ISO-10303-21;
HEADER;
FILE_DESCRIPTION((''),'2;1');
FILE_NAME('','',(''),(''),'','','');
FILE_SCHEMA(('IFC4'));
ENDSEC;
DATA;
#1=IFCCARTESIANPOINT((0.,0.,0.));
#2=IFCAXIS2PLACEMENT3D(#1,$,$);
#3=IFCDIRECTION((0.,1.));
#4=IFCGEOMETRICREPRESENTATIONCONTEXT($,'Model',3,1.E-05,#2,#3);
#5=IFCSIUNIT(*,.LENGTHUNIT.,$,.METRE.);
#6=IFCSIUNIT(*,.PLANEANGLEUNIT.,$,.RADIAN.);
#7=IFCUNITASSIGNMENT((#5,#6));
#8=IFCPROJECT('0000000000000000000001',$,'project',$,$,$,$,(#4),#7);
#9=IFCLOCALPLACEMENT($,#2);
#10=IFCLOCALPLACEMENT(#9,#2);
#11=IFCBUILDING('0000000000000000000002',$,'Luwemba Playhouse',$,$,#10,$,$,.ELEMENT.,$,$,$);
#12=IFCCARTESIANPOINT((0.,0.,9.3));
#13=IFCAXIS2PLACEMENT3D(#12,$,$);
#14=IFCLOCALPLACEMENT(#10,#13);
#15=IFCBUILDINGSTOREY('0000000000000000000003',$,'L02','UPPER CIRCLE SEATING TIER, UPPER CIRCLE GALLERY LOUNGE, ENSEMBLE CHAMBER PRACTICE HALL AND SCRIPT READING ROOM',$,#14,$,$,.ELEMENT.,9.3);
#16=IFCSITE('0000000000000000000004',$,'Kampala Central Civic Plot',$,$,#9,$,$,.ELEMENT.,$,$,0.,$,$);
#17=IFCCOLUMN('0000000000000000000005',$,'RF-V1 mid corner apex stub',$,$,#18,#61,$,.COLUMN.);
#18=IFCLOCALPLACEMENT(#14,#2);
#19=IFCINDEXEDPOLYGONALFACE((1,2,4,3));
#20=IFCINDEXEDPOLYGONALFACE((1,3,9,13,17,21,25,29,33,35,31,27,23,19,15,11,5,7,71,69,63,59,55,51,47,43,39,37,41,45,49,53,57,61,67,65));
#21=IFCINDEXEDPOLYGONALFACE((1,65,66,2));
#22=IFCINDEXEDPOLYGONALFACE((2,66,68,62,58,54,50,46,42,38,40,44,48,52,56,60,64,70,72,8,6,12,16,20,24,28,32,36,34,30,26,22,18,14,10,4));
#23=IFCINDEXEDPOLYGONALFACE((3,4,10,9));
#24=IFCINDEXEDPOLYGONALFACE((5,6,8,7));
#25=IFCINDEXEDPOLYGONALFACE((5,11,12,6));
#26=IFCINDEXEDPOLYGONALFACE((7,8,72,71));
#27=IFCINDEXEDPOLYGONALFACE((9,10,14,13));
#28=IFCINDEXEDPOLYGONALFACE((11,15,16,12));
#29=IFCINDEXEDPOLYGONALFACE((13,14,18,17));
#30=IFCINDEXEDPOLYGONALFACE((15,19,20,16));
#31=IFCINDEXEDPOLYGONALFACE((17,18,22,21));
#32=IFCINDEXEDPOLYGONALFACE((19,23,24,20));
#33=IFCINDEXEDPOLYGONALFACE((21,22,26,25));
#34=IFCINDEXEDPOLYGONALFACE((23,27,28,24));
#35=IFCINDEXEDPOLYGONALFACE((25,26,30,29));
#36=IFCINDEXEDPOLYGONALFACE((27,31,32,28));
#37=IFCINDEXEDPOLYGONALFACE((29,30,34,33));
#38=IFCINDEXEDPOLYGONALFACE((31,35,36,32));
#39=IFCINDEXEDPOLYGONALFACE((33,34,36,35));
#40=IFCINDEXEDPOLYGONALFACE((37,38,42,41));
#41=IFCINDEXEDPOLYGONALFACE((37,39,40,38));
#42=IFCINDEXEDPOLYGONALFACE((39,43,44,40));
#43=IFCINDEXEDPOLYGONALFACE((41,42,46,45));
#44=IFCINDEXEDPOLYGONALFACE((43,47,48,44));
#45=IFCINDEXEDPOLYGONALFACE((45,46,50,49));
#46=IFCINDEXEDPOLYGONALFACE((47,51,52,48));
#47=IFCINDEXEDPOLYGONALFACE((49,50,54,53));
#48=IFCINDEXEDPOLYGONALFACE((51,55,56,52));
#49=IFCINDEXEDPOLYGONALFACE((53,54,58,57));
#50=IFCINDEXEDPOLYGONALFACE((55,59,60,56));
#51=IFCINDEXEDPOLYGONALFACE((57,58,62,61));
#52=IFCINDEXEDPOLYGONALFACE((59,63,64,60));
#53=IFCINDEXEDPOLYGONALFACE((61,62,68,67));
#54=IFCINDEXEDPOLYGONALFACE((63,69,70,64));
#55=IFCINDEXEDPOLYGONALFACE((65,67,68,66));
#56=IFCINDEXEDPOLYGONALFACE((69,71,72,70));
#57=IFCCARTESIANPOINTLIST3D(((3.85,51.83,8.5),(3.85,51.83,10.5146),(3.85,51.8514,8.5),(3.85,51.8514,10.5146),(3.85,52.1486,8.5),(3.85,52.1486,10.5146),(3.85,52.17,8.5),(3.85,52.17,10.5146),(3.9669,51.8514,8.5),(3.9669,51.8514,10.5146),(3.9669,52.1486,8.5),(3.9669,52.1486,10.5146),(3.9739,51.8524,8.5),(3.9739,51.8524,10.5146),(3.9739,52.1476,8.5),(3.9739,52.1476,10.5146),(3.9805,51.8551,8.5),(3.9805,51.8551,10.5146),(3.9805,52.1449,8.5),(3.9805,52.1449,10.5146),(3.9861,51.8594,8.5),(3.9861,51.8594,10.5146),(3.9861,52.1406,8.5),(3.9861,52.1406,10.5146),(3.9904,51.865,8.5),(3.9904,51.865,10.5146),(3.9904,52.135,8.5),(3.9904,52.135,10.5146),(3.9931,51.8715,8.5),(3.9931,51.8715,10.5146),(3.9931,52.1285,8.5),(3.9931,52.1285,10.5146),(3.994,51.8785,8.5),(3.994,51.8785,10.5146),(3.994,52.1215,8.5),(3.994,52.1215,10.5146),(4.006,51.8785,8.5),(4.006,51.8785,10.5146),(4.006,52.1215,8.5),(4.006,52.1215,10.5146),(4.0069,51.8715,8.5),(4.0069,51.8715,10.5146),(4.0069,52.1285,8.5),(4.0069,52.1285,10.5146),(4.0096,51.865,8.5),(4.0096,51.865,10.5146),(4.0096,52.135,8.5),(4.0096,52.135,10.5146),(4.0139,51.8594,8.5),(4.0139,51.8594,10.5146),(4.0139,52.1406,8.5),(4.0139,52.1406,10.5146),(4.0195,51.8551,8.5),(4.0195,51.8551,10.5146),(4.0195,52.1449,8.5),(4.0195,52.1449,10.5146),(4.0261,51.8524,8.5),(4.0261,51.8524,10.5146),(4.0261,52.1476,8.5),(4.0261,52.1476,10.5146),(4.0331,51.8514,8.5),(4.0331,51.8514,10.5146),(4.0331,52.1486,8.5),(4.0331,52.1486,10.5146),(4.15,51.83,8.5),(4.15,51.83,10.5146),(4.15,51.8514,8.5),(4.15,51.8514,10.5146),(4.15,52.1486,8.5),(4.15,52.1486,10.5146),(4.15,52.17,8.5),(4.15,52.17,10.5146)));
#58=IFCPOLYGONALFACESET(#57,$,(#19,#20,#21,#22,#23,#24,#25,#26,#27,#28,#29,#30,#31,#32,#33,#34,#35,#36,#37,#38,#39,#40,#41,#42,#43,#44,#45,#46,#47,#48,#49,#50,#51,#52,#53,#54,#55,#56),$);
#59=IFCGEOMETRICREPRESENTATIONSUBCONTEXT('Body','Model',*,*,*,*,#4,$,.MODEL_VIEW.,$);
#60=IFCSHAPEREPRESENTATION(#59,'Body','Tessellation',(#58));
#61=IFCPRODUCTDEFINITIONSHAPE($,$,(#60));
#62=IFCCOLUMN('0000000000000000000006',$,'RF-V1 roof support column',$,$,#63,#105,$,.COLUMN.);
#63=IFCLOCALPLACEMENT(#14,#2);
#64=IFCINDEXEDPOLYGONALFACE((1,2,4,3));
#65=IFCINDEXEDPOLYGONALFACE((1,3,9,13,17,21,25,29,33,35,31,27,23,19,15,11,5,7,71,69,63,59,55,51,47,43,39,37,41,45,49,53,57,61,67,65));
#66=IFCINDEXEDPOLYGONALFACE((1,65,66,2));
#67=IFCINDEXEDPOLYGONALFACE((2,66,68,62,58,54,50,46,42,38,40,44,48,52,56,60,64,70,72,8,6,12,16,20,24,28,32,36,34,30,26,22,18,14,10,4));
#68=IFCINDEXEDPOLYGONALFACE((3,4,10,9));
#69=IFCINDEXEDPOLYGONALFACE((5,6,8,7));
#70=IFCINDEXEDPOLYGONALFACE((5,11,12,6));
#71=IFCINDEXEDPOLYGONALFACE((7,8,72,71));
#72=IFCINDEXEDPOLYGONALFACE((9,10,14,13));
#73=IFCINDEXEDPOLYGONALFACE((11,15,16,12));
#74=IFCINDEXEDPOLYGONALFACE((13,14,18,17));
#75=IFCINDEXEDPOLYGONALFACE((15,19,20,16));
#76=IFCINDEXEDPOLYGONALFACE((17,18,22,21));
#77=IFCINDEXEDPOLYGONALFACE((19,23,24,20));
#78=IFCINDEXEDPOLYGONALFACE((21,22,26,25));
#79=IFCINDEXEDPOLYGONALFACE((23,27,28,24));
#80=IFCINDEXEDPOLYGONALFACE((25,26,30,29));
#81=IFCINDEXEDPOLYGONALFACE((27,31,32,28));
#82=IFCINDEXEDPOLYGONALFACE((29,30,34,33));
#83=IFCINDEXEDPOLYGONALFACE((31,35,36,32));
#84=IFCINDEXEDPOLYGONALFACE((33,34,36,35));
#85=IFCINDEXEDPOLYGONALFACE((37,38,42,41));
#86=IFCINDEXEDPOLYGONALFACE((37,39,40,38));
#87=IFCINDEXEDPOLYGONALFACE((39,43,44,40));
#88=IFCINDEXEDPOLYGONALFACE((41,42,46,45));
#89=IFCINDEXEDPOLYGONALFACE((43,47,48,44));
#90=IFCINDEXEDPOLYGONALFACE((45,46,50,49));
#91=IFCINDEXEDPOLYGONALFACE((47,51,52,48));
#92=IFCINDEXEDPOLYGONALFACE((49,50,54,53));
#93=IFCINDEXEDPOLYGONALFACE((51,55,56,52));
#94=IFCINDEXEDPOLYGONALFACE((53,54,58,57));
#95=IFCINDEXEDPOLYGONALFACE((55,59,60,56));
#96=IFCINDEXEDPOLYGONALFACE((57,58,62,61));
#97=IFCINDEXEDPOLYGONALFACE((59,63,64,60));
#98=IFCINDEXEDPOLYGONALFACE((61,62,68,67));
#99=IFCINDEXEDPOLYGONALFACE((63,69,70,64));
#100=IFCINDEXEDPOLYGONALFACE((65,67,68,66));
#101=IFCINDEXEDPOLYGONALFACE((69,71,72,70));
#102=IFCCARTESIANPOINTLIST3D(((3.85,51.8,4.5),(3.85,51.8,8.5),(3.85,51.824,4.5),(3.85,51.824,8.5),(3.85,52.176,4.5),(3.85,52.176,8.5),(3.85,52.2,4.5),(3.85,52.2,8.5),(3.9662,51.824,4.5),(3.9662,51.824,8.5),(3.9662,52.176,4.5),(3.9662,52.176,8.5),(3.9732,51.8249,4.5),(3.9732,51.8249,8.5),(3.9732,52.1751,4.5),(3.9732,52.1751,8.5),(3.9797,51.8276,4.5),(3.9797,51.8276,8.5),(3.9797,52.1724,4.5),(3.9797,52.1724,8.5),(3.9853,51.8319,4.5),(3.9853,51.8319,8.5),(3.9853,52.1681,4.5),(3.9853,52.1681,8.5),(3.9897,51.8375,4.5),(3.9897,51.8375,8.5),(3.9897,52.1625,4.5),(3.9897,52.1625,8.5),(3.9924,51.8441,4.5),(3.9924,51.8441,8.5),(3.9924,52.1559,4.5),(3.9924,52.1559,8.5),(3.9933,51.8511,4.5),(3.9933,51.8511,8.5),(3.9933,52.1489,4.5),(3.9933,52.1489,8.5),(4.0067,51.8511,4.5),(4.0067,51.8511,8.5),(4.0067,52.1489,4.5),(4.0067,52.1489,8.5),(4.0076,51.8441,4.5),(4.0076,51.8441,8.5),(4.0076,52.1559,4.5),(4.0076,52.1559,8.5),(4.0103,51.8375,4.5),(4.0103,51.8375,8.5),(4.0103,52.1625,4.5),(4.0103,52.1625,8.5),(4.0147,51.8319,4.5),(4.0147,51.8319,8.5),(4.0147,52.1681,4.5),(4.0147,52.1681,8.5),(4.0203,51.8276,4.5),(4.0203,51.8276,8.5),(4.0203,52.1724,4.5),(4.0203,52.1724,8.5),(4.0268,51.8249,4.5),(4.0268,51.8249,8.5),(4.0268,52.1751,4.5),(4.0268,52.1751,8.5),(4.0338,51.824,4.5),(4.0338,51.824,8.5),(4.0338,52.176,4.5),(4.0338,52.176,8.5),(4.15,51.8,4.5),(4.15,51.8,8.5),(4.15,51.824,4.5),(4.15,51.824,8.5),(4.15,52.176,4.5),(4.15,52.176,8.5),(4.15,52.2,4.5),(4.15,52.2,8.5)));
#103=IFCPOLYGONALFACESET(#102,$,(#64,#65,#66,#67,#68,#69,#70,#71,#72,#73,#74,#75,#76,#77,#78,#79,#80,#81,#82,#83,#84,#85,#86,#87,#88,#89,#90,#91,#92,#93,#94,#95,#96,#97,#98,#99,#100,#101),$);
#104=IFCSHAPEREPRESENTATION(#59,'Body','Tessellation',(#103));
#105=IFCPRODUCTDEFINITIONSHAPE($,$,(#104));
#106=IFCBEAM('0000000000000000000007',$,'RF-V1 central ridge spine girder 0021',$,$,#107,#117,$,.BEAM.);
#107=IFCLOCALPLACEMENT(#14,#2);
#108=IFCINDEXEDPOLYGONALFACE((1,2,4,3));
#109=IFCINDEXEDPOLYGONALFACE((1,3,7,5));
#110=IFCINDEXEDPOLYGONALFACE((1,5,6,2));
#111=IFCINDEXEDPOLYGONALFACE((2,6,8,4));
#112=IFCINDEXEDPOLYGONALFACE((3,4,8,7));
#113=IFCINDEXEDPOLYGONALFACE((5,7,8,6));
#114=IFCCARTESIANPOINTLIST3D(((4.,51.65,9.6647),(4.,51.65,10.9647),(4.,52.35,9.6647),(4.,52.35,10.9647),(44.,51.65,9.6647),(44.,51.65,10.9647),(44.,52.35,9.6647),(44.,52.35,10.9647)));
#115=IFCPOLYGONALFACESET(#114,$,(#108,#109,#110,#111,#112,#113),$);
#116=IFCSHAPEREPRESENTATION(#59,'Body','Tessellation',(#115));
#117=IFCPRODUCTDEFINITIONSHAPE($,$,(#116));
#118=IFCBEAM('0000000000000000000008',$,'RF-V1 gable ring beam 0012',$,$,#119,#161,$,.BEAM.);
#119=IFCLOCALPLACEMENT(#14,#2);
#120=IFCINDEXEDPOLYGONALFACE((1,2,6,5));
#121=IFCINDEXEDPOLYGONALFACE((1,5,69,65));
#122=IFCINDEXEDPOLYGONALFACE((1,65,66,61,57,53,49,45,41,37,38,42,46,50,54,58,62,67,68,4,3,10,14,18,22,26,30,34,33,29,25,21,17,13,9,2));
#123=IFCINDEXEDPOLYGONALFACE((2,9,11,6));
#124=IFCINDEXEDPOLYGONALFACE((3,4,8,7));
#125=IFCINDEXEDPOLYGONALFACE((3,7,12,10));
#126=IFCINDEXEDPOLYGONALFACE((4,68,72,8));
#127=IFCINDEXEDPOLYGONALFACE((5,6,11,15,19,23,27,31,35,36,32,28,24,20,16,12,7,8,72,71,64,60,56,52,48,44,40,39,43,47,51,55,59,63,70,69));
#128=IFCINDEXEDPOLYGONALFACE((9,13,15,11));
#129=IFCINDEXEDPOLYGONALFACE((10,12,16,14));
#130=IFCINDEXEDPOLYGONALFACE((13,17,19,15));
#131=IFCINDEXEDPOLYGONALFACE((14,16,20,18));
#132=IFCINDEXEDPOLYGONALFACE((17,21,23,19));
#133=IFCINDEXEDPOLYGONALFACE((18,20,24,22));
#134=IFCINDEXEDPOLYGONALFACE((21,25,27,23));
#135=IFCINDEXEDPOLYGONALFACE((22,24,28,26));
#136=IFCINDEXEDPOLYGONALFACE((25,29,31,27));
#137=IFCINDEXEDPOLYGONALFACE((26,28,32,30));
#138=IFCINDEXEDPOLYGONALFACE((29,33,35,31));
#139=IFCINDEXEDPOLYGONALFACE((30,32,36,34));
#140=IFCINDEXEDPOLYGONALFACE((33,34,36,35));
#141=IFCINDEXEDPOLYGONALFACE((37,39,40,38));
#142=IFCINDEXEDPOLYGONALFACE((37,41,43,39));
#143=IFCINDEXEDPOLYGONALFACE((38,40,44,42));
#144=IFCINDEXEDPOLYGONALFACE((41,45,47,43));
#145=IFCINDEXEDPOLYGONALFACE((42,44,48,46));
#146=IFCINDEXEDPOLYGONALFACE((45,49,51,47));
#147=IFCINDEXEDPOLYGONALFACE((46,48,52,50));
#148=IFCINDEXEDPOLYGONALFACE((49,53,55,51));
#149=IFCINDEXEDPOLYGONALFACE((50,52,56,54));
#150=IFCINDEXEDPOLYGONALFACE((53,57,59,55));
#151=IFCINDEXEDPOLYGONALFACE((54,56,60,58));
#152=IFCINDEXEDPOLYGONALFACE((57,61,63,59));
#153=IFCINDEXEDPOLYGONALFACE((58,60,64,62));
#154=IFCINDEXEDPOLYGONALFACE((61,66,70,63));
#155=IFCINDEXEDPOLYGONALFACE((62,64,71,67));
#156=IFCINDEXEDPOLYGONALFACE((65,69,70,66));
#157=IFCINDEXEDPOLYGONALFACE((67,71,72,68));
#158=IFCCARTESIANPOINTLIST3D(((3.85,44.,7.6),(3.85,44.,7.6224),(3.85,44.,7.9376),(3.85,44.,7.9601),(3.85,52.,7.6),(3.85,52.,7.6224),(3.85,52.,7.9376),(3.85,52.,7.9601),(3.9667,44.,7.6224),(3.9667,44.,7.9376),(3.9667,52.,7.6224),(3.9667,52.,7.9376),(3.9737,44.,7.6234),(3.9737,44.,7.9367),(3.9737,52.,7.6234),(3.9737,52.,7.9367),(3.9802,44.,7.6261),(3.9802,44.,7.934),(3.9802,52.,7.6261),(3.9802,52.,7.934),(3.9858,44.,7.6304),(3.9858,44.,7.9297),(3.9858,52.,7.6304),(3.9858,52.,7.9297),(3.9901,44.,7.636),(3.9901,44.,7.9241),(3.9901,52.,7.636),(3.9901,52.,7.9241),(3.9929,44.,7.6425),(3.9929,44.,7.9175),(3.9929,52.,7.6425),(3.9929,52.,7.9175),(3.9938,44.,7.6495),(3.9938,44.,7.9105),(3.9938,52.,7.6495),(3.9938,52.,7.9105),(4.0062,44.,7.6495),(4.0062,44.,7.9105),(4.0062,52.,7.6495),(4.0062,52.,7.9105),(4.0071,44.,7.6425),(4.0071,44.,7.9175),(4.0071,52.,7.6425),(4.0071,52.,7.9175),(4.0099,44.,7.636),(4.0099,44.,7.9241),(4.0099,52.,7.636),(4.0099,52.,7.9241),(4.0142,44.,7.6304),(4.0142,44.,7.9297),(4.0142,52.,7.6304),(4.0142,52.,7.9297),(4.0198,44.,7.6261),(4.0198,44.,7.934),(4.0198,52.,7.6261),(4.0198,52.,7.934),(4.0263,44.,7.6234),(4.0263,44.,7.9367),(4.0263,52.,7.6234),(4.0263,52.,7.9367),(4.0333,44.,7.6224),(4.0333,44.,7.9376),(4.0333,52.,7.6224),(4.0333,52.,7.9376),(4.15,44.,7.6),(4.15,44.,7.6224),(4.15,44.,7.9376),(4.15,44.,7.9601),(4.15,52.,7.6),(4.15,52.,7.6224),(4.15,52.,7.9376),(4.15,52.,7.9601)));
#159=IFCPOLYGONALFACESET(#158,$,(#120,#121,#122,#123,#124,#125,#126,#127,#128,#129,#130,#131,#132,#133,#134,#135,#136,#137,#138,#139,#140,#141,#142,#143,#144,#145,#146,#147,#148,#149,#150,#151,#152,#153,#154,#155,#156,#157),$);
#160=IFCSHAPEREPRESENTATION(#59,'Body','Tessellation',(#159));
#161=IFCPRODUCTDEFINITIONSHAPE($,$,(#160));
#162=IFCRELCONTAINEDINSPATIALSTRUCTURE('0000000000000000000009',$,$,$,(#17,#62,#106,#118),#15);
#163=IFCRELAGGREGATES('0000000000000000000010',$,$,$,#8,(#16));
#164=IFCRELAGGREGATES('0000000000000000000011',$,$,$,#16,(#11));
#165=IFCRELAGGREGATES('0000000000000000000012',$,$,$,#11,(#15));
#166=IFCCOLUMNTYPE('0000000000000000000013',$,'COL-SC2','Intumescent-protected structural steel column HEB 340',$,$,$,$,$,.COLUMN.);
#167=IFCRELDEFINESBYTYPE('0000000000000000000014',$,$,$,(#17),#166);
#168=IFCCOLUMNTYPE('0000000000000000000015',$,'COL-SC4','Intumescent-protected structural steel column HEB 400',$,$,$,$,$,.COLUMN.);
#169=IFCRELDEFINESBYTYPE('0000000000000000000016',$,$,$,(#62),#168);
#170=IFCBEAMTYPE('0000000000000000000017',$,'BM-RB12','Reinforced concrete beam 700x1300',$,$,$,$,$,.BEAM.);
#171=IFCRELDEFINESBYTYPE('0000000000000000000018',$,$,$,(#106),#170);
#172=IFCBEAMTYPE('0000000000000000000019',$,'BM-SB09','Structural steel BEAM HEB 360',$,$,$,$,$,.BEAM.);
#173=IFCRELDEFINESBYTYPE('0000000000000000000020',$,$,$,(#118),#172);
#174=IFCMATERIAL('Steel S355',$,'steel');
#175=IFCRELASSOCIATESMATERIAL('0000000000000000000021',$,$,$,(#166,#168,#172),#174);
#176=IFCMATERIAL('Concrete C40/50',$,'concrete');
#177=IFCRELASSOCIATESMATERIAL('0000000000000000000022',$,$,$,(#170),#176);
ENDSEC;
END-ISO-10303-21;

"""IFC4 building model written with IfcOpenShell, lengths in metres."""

from ifc_helpers import new_model, si_unit, direction, frame, origin, origin_2d, place, context, subcontext, project, spatial, rectangle, i_section, extrude, material, material_profile, profile_set, type_object, element, save


model = new_model("IFC4")

# Units and contexts
model_context = context("Model", 3, precision=1e-05, world=origin(), true_north=direction((0.0, 1.0)))
body_context = subcontext(model_context, "Body", "Model", "MODEL_VIEW")
ifc_project = project(units=[si_unit("LENGTHUNIT", "METRE"), si_unit("PLANEANGLEUNIT", "RADIAN")], contexts=[model_context])

# Site, building, storey
site_placement = place(None, origin())
site = spatial("IfcSite", under=ifc_project, at=site_placement, Name="Kampala Central Civic Plot", CompositionType="ELEMENT", RefElevation=0.0)
building_placement = place(site_placement, origin())
building = spatial("IfcBuilding", under=site, at=building_placement, Name="Luwemba Playhouse", CompositionType="ELEMENT")
storey_placement = place(building_placement, frame((0.0, 0.0, 9.3)))
storey = spatial("IfcBuildingStorey", under=building, at=storey_placement, Name="L02", Description="UPPER CIRCLE SEATING TIER, UPPER CIRCLE GALLERY LOUNGE, ENSEMBLE CHAMBER PRACTICE HALL AND SCRIPT READING ROOM", CompositionType="ELEMENT", Elevation=9.3)

# Columns
ifc_material_1 = material(Name="Steel S355", Category="steel")
ifc_material_profile_1 = material_profile(ifc_material_1, i_section(OverallWidth=0.3, OverallDepth=0.3401, WebThickness=0.012, FlangeThickness=0.0215, FilletRadius=0.0271, at=origin_2d()))
ifc_profile_set_1 = profile_set([ifc_material_profile_1], Name="Steel S355")
column_type_1 = type_object("IfcColumnType", Name="COL-SC2", Description="Intumescent-protected structural steel column HEB 340", PredefinedType="COLUMN", material=ifc_profile_set_1)
column_1_placement = place(storey_placement, frame((4.0, 52.0, 8.5), z_axis=(0.0, 0.0, 1.0), x_axis=(1.0, 0.0, 0.0)))
element("IfcColumn", 1, at=column_1_placement, inside=storey, type_object=column_type_1, Name="RF-V1 mid corner apex stub", PredefinedType="COLUMN", context=body_context, shape_type="SweptSolid", body=[
    extrude(i_section(OverallWidth=0.3, OverallDepth=0.3401, WebThickness=0.012, FlangeThickness=0.0215, FilletRadius=0.0271, at=origin_2d()), origin(), (0.0, 0.0, 1.0), 2.0146),
])
ifc_material_profile_2 = material_profile(ifc_material_1, i_section(OverallWidth=0.3, OverallDepth=0.3999, WebThickness=0.0134, FlangeThickness=0.0239, FilletRadius=0.0271, at=origin_2d()))
ifc_profile_set_2 = profile_set([ifc_material_profile_2], Name="Steel S355")
column_type_2 = type_object("IfcColumnType", Name="COL-SC4", Description="Intumescent-protected structural steel column HEB 400", PredefinedType="COLUMN", material=ifc_profile_set_2)
column_2_placement = place(storey_placement, frame((4.0, 52.0, 4.5), z_axis=(0.0, 0.0, 1.0), x_axis=(1.0, 0.0, 0.0)))
element("IfcColumn", 2, at=column_2_placement, inside=storey, type_object=column_type_2, Name="RF-V1 roof support column", PredefinedType="COLUMN", context=body_context, shape_type="SweptSolid", body=[
    extrude(i_section(OverallWidth=0.3, OverallDepth=0.3999, WebThickness=0.0134, FlangeThickness=0.0239, FilletRadius=0.0271, at=origin_2d()), origin(), (0.0, 0.0, 1.0), 4.0),
])

# Beams
ifc_material_2 = material(Name="Concrete C40/50", Category="concrete")
ifc_material_profile_3 = material_profile(ifc_material_2, rectangle(XDim=0.7, YDim=1.3, at=origin_2d()))
ifc_profile_set_3 = profile_set([ifc_material_profile_3], Name="Concrete C40/50")
beam_type_1 = type_object("IfcBeamType", Name="BM-RB12", Description="Reinforced concrete beam 700x1300", PredefinedType="BEAM", material=ifc_profile_set_3)
beam_placement = place(storey_placement, frame((4.0, 52.0, 10.3147), z_axis=(1.0, 0.0, 0.0), x_axis=(0.0, 1.0, 0.0)))
element("IfcBeam", 3, at=beam_placement, inside=storey, type_object=beam_type_1, Name="RF-V1 central ridge spine girder 0021", PredefinedType="BEAM", context=body_context, shape_type="SweptSolid", body=[
    extrude(rectangle(XDim=0.7, YDim=1.3, at=origin_2d()), origin(), (0.0, 0.0, 1.0), 40.0),
])
ifc_material_profile_4 = material_profile(ifc_material_1, i_section(OverallWidth=0.3, OverallDepth=0.3601, WebThickness=0.0125, FlangeThickness=0.0225, FilletRadius=0.0271, at=origin_2d()))
ifc_profile_set_4 = profile_set([ifc_material_profile_4], Name="Steel S355")
beam_type_2 = type_object("IfcBeamType", Name="BM-SB09", Description="Structural steel BEAM HEB 360", PredefinedType="BEAM", material=ifc_profile_set_4)
for number, where, z_axis, x_axis, name in (
    (4, (4.0, 44.0, 7.78), (0.0, 1.0, 0.0), (-1.0, 0.0, 0.0), "RF-V1 gable ring beam 0012"),
):
    element("IfcBeam", number, at=place(storey_placement, frame(where, z_axis=z_axis, x_axis=x_axis)), inside=storey, type_object=beam_type_2, Name=name, PredefinedType="BEAM", context=body_context, shape_type="SweptSolid", body=[
        extrude(i_section(OverallWidth=0.3, OverallDepth=0.3601, WebThickness=0.0125, FlangeThickness=0.0225, FilletRadius=0.0271, at=origin_2d()), origin(), (0.0, 0.0, 1.0), 8.0),
    ])

save(model, "model.ifc")
